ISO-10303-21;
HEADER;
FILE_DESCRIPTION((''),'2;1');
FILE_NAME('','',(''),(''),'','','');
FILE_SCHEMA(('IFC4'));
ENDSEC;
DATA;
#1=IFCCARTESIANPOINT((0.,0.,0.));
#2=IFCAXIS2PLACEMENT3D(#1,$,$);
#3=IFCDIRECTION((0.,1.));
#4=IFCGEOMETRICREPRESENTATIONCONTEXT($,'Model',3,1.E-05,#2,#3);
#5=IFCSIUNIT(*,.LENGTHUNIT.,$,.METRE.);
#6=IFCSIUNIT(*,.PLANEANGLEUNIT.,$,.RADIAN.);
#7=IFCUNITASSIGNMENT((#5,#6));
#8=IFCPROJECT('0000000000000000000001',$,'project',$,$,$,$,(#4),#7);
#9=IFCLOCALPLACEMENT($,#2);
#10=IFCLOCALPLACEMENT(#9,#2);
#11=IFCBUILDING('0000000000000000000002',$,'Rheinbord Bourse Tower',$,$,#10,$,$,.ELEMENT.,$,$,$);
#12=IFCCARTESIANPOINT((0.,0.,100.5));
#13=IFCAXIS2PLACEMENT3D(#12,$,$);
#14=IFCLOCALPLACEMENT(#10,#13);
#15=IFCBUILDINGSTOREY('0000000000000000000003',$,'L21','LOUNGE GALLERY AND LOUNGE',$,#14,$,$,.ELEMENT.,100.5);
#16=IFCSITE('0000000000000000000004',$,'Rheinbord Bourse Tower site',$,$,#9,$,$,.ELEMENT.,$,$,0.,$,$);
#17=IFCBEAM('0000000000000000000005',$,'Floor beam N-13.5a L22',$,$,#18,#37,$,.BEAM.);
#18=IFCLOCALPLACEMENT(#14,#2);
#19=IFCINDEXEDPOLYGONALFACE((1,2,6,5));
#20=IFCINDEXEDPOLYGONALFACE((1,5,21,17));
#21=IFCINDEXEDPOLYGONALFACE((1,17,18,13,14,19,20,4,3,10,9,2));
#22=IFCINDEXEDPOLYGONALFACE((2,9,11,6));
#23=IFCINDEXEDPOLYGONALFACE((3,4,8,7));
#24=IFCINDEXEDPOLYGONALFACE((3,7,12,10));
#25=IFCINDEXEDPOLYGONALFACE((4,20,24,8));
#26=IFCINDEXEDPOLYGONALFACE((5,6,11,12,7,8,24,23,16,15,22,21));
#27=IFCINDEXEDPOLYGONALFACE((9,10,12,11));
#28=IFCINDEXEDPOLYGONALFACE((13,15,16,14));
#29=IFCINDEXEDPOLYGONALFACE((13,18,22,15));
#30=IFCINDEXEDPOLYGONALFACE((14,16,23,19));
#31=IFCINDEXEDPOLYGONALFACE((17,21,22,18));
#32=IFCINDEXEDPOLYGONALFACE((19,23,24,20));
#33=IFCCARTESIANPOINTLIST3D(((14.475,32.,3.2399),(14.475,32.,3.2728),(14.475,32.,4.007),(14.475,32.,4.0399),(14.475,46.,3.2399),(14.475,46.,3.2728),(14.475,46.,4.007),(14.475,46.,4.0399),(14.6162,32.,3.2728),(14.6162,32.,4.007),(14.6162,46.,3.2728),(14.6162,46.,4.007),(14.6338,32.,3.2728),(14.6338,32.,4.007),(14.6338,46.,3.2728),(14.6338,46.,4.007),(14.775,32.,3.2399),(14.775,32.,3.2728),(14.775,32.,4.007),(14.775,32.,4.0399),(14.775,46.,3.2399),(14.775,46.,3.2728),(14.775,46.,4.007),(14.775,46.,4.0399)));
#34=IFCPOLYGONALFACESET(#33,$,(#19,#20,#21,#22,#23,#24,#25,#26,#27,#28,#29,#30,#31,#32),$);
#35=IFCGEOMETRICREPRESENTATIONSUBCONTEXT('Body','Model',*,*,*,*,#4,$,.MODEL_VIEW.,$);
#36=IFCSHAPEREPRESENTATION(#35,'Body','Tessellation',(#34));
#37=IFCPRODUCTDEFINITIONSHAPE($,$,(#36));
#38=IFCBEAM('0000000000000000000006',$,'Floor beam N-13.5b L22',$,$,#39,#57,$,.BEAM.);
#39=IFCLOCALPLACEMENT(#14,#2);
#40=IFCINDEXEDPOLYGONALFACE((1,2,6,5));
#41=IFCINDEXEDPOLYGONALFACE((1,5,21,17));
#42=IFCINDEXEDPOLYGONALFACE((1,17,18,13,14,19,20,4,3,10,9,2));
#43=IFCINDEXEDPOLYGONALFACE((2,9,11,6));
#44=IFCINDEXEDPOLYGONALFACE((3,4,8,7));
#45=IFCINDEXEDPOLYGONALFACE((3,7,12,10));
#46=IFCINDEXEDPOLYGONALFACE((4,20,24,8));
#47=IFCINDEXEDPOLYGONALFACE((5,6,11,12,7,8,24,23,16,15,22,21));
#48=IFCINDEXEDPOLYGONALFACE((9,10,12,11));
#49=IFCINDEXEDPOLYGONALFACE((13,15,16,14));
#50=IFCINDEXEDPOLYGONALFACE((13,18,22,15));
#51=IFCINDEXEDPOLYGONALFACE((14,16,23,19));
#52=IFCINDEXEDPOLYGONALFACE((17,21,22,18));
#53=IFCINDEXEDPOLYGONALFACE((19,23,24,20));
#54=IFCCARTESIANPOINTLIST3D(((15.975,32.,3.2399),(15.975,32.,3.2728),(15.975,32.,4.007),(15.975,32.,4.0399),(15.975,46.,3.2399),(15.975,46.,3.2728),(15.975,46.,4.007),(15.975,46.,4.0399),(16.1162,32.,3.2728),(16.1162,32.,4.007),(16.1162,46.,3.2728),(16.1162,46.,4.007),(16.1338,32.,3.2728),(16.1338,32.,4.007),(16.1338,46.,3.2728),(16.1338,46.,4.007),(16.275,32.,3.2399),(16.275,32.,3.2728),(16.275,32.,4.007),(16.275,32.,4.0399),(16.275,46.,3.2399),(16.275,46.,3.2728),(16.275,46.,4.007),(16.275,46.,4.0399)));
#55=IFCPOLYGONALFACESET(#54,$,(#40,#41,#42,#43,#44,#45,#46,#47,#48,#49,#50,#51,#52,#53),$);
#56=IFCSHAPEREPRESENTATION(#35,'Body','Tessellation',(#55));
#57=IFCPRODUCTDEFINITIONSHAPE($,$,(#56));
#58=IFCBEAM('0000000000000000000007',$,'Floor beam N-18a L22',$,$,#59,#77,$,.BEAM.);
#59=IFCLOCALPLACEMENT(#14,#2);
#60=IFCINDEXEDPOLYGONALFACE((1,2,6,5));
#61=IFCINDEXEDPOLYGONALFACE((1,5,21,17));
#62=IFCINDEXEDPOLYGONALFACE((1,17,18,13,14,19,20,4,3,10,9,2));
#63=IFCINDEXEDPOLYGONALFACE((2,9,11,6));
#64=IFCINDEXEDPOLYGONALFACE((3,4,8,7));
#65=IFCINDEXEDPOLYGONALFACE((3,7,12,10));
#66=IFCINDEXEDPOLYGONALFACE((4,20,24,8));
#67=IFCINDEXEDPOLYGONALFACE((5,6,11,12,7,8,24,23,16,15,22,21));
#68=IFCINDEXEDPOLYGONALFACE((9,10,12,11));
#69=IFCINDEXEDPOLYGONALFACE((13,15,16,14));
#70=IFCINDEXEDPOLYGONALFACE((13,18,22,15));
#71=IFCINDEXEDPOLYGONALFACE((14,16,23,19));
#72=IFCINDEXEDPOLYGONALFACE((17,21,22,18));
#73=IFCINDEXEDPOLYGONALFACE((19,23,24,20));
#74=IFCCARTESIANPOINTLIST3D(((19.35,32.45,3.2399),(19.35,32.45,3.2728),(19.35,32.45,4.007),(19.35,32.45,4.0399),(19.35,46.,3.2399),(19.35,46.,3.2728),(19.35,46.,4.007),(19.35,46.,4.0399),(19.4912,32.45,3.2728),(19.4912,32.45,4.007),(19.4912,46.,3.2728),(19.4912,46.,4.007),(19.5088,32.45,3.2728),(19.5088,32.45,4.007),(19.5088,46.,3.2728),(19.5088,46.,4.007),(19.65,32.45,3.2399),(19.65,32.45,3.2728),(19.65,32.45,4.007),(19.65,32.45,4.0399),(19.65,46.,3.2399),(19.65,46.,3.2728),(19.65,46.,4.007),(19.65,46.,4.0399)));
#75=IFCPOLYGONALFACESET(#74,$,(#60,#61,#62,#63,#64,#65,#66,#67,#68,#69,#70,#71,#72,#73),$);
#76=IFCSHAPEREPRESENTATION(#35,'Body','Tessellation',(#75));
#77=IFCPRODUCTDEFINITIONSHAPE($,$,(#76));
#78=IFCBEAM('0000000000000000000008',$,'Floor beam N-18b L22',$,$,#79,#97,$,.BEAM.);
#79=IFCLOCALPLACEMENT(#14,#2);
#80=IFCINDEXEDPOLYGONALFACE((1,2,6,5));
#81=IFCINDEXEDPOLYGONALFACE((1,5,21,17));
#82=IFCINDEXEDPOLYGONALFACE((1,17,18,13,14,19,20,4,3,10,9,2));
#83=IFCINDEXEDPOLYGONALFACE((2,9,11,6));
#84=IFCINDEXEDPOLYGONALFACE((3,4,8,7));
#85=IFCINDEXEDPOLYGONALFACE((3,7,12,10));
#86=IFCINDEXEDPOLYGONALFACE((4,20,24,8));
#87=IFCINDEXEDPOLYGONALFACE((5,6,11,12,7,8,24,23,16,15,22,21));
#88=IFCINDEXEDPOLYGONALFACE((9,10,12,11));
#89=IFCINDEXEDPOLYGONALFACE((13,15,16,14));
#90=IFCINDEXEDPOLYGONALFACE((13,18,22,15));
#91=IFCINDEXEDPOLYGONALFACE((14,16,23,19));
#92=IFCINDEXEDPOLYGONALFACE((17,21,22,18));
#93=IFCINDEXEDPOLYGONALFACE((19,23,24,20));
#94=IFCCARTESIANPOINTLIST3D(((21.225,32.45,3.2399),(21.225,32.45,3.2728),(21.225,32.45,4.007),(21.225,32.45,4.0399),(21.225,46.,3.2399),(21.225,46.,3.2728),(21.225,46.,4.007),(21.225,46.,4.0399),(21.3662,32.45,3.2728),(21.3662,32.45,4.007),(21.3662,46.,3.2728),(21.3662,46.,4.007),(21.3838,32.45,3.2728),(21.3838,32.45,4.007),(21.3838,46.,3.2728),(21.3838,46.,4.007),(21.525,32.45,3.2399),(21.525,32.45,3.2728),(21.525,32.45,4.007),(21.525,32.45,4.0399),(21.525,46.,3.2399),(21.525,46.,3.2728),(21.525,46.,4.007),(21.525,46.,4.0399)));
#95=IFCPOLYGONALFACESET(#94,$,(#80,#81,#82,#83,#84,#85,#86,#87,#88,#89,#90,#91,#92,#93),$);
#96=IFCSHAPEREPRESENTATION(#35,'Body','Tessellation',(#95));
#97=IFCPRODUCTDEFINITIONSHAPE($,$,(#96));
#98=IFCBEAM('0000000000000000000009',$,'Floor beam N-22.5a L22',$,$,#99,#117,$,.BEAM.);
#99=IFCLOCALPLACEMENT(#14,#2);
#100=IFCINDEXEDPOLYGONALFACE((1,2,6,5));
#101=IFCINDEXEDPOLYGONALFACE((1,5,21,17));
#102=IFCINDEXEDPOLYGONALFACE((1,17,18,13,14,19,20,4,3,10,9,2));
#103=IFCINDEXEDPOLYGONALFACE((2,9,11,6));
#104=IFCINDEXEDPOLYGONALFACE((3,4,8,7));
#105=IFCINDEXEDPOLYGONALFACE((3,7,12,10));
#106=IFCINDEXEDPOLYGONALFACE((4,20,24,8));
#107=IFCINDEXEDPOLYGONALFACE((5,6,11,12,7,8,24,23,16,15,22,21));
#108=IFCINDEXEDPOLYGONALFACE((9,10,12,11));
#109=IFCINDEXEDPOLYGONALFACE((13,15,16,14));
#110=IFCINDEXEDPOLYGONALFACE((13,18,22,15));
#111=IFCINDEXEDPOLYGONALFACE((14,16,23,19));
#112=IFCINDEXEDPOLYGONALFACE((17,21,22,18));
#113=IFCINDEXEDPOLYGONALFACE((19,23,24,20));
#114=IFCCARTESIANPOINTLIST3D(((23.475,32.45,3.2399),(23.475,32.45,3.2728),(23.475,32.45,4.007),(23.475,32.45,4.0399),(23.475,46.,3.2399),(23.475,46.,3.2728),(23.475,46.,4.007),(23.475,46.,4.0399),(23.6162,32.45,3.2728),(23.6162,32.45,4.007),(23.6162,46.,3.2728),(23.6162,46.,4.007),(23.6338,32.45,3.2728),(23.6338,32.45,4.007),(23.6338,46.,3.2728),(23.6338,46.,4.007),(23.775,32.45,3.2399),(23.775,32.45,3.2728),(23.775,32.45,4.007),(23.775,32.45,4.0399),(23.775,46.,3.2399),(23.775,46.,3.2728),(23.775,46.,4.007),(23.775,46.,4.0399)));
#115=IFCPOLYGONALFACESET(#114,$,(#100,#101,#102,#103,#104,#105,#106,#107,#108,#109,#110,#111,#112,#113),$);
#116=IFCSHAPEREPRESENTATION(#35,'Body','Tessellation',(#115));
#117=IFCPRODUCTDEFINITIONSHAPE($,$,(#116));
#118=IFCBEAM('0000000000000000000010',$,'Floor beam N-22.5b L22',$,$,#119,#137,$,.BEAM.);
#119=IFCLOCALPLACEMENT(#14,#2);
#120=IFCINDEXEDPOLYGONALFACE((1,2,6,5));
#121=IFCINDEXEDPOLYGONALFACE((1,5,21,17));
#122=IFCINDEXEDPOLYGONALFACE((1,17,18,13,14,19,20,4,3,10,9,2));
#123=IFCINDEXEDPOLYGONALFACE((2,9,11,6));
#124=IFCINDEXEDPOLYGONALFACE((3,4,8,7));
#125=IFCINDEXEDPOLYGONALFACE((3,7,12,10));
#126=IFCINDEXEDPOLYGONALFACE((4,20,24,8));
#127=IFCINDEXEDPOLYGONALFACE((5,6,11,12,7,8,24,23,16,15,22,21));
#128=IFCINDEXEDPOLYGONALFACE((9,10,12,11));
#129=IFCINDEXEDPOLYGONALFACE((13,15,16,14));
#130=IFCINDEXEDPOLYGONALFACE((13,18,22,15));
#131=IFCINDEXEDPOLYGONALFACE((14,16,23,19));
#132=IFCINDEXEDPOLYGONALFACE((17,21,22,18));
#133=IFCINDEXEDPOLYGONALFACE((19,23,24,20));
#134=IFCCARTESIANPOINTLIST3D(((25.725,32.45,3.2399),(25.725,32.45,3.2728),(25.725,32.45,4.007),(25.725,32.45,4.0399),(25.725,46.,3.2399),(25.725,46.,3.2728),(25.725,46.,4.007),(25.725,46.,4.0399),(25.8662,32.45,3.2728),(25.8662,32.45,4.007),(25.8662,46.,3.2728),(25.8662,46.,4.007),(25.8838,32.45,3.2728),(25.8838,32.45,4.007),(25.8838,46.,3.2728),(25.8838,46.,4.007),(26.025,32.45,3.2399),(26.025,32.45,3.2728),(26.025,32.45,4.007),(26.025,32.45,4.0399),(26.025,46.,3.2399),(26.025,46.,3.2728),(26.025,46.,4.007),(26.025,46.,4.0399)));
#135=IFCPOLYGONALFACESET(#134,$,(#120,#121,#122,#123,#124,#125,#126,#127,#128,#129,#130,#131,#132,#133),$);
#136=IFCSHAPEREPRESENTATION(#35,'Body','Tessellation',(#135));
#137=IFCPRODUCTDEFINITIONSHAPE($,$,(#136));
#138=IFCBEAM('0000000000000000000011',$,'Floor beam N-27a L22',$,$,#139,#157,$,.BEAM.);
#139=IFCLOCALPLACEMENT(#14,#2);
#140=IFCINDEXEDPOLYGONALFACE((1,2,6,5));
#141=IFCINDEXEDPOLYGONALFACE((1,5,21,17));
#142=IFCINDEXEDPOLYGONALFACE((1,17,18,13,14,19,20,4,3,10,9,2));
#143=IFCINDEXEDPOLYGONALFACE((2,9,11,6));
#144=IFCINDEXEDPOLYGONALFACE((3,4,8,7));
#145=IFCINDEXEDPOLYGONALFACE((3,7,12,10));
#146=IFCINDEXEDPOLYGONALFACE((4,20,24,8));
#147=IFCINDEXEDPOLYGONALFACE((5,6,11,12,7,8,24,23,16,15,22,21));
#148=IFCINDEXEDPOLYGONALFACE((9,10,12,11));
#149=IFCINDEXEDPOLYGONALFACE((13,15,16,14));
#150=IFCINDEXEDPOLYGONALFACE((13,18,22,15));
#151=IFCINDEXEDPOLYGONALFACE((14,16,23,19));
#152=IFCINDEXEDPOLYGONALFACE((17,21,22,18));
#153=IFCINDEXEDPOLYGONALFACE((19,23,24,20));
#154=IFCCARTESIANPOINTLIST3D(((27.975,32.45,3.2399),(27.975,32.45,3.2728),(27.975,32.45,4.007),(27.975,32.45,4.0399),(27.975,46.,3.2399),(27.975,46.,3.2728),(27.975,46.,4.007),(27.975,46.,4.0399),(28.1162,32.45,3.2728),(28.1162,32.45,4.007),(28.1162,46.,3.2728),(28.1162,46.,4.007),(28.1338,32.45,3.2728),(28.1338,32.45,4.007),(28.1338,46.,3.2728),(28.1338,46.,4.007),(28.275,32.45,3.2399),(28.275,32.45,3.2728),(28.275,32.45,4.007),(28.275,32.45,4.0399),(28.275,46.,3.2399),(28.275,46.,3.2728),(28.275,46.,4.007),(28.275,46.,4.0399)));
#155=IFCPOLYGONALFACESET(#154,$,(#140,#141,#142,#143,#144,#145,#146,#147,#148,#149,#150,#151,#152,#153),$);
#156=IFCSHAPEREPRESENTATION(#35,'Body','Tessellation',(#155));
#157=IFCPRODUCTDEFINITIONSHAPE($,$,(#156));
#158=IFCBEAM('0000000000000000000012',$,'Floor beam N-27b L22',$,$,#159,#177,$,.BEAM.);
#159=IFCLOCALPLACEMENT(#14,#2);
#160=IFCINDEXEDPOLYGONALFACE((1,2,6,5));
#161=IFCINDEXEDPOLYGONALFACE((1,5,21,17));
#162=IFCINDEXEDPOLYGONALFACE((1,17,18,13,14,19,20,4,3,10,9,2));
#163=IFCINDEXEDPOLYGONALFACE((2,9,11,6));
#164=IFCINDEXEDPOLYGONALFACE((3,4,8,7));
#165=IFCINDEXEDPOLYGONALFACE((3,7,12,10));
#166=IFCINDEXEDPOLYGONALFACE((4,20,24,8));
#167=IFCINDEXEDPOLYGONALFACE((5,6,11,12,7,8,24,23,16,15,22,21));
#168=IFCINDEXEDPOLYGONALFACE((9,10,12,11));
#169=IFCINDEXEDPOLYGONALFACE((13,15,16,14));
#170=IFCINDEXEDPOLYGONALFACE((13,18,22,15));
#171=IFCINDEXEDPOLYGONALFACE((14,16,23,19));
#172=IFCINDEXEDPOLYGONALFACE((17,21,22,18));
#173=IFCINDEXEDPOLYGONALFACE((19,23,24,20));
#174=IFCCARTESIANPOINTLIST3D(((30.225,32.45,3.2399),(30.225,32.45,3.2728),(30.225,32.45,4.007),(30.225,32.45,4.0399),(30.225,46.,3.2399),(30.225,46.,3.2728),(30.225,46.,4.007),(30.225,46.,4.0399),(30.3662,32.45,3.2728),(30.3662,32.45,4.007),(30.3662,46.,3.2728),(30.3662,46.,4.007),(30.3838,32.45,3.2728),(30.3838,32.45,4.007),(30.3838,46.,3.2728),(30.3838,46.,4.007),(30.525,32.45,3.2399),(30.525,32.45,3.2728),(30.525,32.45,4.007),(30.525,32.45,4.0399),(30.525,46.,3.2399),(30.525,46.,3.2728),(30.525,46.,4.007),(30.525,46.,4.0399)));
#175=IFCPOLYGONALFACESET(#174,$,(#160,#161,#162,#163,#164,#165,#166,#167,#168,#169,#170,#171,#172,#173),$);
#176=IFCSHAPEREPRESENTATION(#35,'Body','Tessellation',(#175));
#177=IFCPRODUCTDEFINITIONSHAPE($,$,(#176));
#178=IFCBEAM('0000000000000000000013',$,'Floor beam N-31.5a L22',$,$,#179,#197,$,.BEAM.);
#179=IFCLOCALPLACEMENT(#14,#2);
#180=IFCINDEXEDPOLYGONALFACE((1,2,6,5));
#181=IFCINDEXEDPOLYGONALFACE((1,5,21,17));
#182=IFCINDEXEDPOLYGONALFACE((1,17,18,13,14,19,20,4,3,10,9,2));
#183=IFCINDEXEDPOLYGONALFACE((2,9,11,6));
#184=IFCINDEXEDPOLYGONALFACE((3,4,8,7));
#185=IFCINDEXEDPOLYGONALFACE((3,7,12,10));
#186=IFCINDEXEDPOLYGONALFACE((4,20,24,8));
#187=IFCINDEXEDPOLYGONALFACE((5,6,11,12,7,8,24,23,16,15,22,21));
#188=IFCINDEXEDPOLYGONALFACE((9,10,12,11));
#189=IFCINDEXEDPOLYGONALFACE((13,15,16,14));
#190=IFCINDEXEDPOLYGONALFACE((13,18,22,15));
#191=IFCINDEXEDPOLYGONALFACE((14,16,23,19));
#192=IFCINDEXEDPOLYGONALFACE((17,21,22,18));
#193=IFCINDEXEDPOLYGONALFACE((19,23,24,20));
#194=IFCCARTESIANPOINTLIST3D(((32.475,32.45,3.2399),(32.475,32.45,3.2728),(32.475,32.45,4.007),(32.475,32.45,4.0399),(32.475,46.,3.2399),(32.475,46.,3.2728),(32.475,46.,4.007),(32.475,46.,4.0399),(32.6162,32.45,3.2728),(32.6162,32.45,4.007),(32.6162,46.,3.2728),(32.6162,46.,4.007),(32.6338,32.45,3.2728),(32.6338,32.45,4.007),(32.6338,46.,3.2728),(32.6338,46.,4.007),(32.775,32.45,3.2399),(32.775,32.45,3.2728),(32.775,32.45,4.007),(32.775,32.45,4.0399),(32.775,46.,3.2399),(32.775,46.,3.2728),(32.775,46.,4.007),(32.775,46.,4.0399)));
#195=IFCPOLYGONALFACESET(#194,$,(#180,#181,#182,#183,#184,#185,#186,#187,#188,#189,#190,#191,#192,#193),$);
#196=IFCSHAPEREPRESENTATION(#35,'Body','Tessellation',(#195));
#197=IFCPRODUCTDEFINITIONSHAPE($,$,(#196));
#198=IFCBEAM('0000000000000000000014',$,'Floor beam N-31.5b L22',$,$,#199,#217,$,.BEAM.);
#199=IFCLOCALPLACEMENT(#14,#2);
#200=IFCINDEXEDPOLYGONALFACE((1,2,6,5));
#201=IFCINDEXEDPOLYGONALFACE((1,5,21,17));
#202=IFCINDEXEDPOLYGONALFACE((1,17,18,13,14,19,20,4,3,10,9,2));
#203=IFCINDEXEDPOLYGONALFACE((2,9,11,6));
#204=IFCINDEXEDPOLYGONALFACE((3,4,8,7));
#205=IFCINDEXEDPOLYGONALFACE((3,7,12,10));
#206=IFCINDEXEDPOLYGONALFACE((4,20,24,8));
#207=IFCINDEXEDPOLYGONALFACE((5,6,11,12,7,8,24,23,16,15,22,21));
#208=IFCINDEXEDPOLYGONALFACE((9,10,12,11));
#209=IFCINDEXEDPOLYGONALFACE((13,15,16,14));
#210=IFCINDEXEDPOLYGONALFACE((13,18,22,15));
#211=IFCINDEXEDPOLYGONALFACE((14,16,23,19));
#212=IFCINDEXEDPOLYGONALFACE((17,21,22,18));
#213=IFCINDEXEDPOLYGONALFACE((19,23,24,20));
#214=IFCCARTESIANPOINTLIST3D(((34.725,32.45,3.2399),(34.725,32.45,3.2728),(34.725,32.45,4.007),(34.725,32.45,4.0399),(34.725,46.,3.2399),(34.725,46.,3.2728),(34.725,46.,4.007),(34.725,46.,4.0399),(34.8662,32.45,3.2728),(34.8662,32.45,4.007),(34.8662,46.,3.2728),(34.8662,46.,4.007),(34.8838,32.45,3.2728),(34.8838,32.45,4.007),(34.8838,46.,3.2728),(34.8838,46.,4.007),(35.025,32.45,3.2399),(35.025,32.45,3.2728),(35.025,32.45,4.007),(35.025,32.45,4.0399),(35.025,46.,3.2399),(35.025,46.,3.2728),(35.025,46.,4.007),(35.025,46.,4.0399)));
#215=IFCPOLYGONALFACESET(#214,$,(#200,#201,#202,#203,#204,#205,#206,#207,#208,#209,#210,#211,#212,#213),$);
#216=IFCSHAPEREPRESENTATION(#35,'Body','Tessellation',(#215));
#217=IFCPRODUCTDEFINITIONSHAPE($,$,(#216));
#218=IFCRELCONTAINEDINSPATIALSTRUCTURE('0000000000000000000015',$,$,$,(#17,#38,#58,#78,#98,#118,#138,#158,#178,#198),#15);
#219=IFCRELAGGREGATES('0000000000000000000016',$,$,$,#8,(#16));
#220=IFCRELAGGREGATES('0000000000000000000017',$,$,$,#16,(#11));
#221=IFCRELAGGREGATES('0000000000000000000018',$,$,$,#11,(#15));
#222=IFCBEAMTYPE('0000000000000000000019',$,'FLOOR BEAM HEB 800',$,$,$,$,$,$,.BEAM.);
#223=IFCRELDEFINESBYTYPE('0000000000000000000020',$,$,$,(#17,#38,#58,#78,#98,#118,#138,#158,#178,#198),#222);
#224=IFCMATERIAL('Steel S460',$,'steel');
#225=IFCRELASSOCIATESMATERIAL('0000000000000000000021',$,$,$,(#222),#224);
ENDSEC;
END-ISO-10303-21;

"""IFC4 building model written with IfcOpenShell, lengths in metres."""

from ifc_helpers import new_model, si_unit, direction, frame, origin, origin_2d, place, context, subcontext, project, spatial, i_section, extrude, material, material_profile, profile_set, type_object, element, save


model = new_model("IFC4")

# Units and contexts
model_context = context("Model", 3, precision=1e-05, world=origin(), true_north=direction((0.0, 1.0)))
body_context = subcontext(model_context, "Body", "Model", "MODEL_VIEW")
ifc_project = project(units=[si_unit("LENGTHUNIT", "METRE"), si_unit("PLANEANGLEUNIT", "RADIAN")], contexts=[model_context])

# Site, building, storey
site_placement = place(None, origin())
site = spatial("IfcSite", under=ifc_project, at=site_placement, Name="Rheinbord Bourse Tower site", CompositionType="ELEMENT", RefElevation=0.0)
building_placement = place(site_placement, origin())
building = spatial("IfcBuilding", under=site, at=building_placement, Name="Rheinbord Bourse Tower", CompositionType="ELEMENT")
storey_placement = place(building_placement, frame((0.0, 0.0, 100.5)))
storey = spatial("IfcBuildingStorey", under=building, at=storey_placement, Name="L21", Description="LOUNGE GALLERY AND LOUNGE", CompositionType="ELEMENT", Elevation=100.5)

# Beams
ifc_material_1 = material(Name="Steel S460", Category="steel")
ifc_material_profile_1 = material_profile(ifc_material_1, i_section(OverallWidth=0.3, OverallDepth=0.8, WebThickness=0.0176, FlangeThickness=0.033, at=origin_2d()), Name="HEB 800")
ifc_profile_set_1 = profile_set([ifc_material_profile_1], Name="Steel S460")
beam_type_1 = type_object("IfcBeamType", Name="FLOOR BEAM HEB 800", PredefinedType="BEAM", material=ifc_profile_set_1)
for number, where, z_axis, x_axis, name in (
    (1, (14.625, 46.0, 3.6399), (0.0, -1.0, 0.0), (1.0, 0.0, 0.0), "Floor beam N-13.5a L22"),
    (2, (16.125, 46.0, 3.6399), (0.0, -1.0, 0.0), (1.0, 0.0, 0.0), "Floor beam N-13.5b L22"),
):
    element("IfcBeam", number, at=place(storey_placement, frame(where, z_axis=z_axis, x_axis=x_axis)), inside=storey, type_object=beam_type_1, Name=name, PredefinedType="BEAM", context=body_context, shape_type="SweptSolid", body=[
        extrude(i_section(OverallWidth=0.3, OverallDepth=0.8, WebThickness=0.0176, FlangeThickness=0.033, at=origin_2d()), origin(), (0.0, 0.0, 1.0), 14.0),
    ])
for number, where, z_axis, x_axis, name in (
    (3, (19.5, 46.0, 3.6399), (0.0, -1.0, 0.0), (1.0, 0.0, 0.0), "Floor beam N-18a L22"),
    (4, (21.375, 46.0, 3.6399), (0.0, -1.0, 0.0), (1.0, 0.0, 0.0), "Floor beam N-18b L22"),
    (5, (23.625, 46.0, 3.6399), (0.0, -1.0, 0.0), (1.0, 0.0, 0.0), "Floor beam N-22.5a L22"),
    (6, (25.875, 46.0, 3.6399), (0.0, -1.0, 0.0), (1.0, 0.0, 0.0), "Floor beam N-22.5b L22"),
    (7, (28.125, 46.0, 3.6399), (0.0, -1.0, 0.0), (1.0, 0.0, 0.0), "Floor beam N-27a L22"),
    (8, (30.375, 46.0, 3.6399), (0.0, -1.0, 0.0), (1.0, 0.0, 0.0), "Floor beam N-27b L22"),
    (9, (32.625, 46.0, 3.6399), (0.0, -1.0, 0.0), (1.0, 0.0, 0.0), "Floor beam N-31.5a L22"),
    (10, (34.875, 46.0, 3.6399), (0.0, -1.0, 0.0), (1.0, 0.0, 0.0), "Floor beam N-31.5b L22"),
):
    element("IfcBeam", number, at=place(storey_placement, frame(where, z_axis=z_axis, x_axis=x_axis)), inside=storey, type_object=beam_type_1, Name=name, PredefinedType="BEAM", context=body_context, shape_type="SweptSolid", body=[
        extrude(i_section(OverallWidth=0.3, OverallDepth=0.8, WebThickness=0.0176, FlangeThickness=0.033, at=origin_2d()), origin(), (0.0, 0.0, 1.0), 13.55),
    ])

save(model, "model.ifc")
